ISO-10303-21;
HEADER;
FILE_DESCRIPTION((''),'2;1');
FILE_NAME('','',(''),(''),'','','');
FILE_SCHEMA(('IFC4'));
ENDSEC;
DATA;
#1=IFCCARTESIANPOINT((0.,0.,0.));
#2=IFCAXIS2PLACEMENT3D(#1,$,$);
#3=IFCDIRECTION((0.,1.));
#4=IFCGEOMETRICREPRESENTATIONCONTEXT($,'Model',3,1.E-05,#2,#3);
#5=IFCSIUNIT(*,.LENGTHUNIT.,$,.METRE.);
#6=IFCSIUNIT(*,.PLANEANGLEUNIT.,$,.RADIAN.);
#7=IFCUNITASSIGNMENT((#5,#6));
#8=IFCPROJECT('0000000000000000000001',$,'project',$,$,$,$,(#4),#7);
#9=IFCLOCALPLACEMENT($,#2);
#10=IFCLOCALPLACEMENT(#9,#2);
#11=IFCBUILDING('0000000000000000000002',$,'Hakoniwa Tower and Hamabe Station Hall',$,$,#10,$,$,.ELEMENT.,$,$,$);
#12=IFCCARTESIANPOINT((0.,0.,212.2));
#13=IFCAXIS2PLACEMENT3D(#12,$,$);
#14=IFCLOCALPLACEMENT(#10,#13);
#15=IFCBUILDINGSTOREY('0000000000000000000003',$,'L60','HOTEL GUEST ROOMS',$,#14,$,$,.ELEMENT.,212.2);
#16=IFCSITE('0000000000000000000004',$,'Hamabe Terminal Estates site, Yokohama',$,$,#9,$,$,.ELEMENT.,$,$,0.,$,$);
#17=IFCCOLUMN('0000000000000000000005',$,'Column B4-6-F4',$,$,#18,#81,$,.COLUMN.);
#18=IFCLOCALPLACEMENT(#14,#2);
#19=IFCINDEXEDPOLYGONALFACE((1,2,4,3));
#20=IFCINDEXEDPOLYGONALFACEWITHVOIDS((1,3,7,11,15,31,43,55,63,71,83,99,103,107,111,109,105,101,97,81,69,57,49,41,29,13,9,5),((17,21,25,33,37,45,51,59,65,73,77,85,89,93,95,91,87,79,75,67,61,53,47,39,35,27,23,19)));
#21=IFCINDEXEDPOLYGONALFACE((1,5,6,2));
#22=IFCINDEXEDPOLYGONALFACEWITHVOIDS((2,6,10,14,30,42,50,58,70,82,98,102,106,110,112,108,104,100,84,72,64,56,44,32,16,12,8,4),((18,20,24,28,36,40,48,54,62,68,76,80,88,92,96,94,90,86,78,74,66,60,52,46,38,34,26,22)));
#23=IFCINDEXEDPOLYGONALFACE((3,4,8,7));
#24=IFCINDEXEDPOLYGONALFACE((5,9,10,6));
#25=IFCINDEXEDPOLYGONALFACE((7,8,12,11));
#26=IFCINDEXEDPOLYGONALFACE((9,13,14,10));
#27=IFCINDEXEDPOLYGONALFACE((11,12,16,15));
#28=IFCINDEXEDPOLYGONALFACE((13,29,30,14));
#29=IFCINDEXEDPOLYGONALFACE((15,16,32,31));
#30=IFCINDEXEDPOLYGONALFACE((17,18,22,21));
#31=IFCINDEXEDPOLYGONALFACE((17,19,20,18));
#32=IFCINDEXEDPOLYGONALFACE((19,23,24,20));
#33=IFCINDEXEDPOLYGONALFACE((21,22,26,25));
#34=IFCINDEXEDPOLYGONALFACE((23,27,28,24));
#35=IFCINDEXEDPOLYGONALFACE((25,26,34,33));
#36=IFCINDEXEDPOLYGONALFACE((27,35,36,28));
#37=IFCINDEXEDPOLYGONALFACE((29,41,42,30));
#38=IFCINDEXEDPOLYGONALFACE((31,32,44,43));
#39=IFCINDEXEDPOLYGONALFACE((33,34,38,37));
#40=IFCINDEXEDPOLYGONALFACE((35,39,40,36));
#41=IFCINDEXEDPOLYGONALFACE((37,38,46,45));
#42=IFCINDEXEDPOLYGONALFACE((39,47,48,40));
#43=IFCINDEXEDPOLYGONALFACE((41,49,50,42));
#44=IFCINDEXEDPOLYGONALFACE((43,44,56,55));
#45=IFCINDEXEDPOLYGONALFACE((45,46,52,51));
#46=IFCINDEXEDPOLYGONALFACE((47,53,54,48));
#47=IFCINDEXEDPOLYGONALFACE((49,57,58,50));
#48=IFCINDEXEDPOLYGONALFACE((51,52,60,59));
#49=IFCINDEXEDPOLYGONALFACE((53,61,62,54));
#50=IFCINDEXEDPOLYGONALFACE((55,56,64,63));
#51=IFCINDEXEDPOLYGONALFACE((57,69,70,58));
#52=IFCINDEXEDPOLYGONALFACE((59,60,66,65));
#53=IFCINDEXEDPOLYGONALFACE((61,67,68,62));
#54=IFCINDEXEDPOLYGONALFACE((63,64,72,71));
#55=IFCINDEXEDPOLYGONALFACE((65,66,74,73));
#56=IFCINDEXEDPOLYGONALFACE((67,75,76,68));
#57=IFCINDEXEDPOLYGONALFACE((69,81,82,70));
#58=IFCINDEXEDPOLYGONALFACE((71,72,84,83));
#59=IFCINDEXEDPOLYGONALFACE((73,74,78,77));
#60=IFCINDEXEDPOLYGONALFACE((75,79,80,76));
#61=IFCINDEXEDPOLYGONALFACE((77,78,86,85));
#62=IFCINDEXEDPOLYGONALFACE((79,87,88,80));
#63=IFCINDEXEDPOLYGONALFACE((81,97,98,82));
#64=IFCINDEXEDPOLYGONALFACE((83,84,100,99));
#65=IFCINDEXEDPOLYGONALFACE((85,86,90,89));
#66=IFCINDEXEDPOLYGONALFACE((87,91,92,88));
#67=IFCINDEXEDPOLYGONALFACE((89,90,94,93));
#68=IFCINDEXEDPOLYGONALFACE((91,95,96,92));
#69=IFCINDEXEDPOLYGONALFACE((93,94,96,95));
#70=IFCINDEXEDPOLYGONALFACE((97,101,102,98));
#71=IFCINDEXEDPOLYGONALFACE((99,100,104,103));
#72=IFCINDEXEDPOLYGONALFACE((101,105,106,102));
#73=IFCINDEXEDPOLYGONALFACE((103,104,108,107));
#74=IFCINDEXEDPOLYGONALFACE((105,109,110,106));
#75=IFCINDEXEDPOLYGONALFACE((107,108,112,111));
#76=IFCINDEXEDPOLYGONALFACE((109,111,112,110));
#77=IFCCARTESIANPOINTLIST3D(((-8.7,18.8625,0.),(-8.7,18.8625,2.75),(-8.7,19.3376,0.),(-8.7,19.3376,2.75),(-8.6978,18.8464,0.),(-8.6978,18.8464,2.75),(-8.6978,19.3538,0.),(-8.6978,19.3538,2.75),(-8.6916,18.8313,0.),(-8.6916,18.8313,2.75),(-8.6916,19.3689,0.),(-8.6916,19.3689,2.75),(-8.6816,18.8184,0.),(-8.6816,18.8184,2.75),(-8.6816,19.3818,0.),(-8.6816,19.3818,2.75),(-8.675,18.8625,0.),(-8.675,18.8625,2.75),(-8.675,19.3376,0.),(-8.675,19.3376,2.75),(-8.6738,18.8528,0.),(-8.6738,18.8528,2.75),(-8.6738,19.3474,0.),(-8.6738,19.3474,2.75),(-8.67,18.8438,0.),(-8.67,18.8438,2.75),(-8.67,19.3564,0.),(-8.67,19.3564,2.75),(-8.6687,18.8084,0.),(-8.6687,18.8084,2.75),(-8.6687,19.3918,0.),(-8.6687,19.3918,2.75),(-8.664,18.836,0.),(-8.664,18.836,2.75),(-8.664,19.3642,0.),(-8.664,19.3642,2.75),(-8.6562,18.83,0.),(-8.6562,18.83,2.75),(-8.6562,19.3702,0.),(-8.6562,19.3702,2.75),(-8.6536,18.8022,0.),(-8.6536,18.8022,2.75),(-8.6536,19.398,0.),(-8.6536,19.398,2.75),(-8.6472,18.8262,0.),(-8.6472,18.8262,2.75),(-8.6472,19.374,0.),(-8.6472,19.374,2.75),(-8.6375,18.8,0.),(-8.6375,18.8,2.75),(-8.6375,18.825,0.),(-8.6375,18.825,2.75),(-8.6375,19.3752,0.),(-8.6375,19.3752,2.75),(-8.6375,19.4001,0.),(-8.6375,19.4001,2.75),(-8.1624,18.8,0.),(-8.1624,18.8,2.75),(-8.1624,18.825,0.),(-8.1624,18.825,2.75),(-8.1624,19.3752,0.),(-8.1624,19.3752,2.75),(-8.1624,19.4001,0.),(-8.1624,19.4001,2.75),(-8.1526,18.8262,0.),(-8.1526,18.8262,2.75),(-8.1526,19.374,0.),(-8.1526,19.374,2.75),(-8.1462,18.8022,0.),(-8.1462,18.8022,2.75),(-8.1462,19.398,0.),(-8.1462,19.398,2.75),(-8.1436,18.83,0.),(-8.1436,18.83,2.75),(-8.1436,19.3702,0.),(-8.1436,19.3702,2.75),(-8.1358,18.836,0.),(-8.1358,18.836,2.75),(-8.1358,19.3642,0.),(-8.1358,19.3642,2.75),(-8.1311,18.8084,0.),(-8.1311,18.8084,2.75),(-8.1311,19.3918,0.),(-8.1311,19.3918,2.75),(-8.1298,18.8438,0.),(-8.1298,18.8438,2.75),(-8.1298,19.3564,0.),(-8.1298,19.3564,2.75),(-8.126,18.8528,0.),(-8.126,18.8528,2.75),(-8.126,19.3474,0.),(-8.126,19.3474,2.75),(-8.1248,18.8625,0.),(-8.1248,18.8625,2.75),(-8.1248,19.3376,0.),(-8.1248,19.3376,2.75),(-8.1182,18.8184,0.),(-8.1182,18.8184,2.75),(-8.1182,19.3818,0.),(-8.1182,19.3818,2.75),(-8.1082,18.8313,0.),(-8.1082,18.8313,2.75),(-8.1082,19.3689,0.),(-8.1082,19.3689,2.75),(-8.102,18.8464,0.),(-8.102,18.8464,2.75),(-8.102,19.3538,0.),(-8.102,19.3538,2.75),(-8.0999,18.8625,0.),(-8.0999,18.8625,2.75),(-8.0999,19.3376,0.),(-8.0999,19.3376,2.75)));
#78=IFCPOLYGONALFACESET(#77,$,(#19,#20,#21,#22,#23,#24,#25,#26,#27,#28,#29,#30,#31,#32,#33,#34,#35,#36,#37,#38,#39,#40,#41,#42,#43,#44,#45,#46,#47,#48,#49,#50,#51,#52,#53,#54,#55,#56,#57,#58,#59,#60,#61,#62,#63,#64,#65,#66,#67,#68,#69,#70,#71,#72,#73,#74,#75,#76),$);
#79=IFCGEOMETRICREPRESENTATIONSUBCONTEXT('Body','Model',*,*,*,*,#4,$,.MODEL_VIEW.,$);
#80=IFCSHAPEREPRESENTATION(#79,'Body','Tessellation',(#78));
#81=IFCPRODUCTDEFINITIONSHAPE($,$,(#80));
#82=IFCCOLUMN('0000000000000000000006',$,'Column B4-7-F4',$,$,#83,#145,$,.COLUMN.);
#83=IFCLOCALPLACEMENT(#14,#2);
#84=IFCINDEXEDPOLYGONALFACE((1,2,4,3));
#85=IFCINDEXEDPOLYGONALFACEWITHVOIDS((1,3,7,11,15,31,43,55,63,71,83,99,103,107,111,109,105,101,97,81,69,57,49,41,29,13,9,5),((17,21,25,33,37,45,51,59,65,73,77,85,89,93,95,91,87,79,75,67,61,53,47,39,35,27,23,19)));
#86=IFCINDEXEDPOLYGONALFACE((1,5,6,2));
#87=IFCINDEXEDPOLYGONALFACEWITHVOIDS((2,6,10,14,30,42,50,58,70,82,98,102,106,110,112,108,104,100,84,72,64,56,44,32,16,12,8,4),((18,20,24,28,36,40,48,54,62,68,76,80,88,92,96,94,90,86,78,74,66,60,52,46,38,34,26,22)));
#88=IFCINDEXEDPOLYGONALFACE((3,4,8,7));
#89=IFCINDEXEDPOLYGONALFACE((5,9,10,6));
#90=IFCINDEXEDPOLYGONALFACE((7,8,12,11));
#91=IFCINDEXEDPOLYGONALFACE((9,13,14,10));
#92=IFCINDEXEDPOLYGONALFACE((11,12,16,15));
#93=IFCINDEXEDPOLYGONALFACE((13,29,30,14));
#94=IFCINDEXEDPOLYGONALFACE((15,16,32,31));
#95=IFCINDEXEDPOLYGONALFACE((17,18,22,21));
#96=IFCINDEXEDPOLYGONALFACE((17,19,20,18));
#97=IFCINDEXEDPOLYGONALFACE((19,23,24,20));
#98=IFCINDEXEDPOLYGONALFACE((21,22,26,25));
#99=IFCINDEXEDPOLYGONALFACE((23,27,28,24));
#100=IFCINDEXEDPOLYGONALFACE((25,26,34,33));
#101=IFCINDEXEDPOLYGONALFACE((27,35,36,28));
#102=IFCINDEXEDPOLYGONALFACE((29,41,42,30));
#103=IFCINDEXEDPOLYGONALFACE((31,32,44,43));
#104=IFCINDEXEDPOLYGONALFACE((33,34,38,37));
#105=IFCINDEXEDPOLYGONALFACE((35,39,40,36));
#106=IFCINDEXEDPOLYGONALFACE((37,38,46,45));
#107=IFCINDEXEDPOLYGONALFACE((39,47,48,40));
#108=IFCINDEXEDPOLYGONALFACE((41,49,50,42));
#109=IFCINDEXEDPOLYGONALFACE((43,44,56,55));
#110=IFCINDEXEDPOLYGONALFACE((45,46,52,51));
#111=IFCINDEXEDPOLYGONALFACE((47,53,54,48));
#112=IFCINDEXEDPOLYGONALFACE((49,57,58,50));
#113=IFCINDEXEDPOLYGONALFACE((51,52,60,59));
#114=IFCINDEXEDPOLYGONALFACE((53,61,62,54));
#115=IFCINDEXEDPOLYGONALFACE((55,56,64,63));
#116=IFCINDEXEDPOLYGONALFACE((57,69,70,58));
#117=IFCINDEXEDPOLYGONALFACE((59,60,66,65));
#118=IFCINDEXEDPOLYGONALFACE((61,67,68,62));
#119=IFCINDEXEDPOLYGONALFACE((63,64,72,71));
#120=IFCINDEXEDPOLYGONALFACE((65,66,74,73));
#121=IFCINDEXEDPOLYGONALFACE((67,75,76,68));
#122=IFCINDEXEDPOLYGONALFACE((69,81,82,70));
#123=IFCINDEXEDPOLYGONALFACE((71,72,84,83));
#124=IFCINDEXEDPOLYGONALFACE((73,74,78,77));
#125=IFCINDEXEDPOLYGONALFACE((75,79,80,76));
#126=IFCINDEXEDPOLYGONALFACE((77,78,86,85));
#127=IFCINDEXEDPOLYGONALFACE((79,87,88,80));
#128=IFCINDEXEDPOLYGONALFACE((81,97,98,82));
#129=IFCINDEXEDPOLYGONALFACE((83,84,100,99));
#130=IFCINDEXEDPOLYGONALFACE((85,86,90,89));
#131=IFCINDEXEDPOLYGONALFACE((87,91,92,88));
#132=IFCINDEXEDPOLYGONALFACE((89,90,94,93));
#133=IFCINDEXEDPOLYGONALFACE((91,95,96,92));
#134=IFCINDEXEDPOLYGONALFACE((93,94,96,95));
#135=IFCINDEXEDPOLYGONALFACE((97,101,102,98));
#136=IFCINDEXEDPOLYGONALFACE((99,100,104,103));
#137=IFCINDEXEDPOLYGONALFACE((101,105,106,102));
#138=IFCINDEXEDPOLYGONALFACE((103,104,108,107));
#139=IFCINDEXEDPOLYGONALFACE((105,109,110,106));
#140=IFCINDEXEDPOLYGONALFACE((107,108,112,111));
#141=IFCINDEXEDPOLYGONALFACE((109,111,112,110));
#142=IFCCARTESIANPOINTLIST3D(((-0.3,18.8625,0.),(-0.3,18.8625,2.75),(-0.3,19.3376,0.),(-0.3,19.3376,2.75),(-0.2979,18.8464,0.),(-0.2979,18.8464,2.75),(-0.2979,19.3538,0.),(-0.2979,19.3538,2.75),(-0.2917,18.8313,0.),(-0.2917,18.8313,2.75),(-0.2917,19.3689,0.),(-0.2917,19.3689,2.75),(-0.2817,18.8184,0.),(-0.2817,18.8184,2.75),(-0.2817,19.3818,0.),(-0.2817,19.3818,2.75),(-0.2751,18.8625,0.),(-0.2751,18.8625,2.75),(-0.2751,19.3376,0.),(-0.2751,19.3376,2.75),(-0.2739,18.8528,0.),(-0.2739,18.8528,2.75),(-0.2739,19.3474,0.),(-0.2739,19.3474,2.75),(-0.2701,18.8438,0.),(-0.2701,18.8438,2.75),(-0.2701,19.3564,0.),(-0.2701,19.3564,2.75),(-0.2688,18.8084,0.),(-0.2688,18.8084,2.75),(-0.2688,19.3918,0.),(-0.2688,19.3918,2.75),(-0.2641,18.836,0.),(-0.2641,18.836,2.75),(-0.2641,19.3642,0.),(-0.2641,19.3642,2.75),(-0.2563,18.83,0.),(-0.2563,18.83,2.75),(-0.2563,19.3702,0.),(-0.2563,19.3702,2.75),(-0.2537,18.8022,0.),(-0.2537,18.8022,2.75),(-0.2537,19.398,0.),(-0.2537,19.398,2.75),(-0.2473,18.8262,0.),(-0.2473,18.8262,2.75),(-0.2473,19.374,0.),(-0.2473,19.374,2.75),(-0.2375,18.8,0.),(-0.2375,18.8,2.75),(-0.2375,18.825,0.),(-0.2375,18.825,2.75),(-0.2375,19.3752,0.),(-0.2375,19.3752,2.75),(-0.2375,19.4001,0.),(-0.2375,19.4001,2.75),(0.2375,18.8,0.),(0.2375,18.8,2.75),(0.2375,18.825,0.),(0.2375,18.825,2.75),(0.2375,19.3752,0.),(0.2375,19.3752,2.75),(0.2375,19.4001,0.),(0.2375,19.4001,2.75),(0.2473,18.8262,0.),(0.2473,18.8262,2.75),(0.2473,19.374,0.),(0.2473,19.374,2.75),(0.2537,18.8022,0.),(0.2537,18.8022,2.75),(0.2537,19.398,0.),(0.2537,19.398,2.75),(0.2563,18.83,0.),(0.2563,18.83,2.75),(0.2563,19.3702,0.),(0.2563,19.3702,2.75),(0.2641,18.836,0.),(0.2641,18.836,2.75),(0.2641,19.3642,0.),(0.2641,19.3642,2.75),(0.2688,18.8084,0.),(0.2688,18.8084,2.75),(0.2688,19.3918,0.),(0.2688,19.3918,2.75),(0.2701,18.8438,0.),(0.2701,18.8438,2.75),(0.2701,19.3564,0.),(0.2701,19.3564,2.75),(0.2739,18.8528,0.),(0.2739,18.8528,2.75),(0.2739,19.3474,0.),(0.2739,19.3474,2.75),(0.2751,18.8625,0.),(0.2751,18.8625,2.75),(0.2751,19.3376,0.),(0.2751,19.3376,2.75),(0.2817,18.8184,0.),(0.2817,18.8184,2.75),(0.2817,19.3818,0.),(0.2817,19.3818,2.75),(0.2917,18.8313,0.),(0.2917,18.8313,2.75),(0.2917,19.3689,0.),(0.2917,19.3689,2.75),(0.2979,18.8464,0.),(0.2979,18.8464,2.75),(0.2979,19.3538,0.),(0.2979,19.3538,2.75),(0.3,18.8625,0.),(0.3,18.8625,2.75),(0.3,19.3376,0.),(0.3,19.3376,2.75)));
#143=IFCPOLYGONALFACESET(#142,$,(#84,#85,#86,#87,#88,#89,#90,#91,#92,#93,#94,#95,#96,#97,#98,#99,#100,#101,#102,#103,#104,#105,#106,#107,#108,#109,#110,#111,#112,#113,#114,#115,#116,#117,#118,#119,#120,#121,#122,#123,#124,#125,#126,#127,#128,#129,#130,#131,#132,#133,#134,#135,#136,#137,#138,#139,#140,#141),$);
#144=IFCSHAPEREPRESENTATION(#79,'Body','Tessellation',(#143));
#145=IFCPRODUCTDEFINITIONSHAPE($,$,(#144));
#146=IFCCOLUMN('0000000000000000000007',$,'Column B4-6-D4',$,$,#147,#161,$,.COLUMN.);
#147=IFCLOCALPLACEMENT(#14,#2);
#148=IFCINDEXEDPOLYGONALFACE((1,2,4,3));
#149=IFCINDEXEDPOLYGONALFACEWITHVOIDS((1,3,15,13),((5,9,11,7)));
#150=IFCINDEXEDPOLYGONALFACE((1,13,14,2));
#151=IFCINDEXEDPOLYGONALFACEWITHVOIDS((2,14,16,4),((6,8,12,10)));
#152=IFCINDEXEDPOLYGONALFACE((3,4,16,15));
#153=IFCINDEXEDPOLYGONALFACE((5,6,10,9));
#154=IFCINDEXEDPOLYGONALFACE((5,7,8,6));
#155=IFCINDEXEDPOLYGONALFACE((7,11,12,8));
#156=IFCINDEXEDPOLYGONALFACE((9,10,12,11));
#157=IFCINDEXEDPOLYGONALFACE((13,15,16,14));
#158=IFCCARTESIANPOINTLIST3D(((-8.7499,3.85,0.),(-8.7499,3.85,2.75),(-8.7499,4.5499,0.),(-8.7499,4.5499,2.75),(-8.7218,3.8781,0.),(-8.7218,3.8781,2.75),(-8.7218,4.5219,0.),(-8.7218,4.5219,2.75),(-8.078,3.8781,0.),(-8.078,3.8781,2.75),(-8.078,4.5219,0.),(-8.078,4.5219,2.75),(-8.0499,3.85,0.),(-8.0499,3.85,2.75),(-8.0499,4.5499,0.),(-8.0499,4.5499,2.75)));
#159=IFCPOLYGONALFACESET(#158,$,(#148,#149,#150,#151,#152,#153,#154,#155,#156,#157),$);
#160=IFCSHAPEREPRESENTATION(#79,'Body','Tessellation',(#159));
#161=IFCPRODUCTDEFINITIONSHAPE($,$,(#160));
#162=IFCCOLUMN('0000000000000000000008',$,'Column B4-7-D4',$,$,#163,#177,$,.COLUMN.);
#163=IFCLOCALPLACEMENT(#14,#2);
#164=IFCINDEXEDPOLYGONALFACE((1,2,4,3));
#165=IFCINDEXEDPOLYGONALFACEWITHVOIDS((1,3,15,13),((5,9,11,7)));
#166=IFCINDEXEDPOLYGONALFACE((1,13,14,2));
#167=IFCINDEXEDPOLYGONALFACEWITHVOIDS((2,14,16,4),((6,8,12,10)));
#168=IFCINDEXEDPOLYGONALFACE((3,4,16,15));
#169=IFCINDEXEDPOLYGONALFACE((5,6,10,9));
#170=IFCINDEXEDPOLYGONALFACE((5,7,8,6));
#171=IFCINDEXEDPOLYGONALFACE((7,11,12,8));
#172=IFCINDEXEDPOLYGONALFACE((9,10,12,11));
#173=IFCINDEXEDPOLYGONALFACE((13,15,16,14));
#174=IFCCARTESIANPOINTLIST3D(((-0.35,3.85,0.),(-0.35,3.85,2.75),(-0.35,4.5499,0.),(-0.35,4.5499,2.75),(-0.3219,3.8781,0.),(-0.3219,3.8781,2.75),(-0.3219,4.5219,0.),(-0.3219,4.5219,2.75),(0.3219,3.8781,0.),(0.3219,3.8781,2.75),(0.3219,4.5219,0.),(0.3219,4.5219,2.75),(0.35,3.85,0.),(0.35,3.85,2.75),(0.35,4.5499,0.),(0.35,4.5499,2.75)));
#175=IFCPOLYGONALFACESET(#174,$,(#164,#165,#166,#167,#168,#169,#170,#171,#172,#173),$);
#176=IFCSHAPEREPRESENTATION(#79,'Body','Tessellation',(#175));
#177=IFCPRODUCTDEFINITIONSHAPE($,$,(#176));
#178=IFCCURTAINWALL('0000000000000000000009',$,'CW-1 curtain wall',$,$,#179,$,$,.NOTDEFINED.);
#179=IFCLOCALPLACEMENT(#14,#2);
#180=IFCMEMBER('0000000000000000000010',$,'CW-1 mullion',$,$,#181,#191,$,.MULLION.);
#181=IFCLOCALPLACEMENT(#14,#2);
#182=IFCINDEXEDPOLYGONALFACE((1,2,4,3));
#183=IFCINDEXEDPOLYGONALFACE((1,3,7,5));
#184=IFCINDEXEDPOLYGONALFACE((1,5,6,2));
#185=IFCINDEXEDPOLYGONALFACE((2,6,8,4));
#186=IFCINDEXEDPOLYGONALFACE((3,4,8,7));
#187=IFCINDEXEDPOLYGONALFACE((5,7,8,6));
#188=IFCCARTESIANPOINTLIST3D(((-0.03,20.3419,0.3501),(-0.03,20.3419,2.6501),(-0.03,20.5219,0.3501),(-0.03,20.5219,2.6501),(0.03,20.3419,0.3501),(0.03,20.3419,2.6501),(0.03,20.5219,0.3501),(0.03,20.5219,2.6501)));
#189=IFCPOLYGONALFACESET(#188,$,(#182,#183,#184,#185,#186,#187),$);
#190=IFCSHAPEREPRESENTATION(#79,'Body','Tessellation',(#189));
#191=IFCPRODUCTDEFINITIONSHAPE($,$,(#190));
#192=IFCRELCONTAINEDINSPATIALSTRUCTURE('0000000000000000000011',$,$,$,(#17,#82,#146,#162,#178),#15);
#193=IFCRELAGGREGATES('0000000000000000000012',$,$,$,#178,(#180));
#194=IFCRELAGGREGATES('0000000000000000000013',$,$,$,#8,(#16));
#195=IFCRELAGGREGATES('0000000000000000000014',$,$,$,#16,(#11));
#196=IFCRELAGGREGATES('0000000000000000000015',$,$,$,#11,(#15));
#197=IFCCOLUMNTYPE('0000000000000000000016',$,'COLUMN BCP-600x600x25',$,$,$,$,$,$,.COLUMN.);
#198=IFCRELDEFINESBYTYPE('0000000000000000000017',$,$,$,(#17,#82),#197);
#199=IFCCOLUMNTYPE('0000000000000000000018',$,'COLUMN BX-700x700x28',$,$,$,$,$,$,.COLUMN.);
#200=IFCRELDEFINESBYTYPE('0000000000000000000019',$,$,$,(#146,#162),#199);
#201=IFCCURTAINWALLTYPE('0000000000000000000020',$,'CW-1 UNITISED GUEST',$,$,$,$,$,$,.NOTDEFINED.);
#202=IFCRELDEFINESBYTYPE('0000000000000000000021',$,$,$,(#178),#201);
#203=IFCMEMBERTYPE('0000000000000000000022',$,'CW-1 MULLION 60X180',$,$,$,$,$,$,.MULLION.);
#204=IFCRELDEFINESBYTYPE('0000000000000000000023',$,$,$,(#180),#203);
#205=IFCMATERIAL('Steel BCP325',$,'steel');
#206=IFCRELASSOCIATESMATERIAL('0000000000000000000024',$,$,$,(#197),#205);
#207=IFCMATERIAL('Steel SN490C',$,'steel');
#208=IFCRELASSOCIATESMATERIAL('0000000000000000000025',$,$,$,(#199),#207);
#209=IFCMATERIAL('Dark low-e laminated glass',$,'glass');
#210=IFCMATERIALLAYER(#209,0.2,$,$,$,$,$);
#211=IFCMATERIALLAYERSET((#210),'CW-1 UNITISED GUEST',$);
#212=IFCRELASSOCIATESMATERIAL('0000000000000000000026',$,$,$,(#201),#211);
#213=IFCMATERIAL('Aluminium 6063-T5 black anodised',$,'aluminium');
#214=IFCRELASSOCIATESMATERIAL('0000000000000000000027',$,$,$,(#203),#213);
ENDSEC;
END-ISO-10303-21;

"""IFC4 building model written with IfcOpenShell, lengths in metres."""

from ifc_helpers import new_model, si_unit, direction, frame, origin, origin_2d, place, context, subcontext, project, spatial, rectangle, hollow_rectangle, extrude, material, layer, layer_set, material_profile, profile_set, type_object, element, aggregate, save


model = new_model("IFC4")

# Units and contexts
model_context = context("Model", 3, precision=1e-05, world=origin(), true_north=direction((0.0, 1.0)))
body_context = subcontext(model_context, "Body", "Model", "MODEL_VIEW")
ifc_project = project(units=[si_unit("LENGTHUNIT", "METRE"), si_unit("PLANEANGLEUNIT", "RADIAN")], contexts=[model_context])

# Site, building, storey
site_placement = place(None, origin())
site = spatial("IfcSite", under=ifc_project, at=site_placement, Name="Hamabe Terminal Estates site, Yokohama", CompositionType="ELEMENT", RefElevation=0.0)
building_placement = place(site_placement, origin())
building = spatial("IfcBuilding", under=site, at=building_placement, Name="Hakoniwa Tower and Hamabe Station Hall", CompositionType="ELEMENT")
storey_placement = place(building_placement, frame((0.0, 0.0, 212.2)))
storey = spatial("IfcBuildingStorey", under=building, at=storey_placement, Name="L60", Description="HOTEL GUEST ROOMS", CompositionType="ELEMENT", Elevation=212.2)

# Columns
ifc_material_1 = material(Name="Steel BCP325", Category="steel")
ifc_material_profile_1 = material_profile(ifc_material_1, hollow_rectangle(XDim=0.6001, YDim=0.6001, WallThickness=0.0249, InnerFilletRadius=0.0376, OuterFilletRadius=0.0625, at=origin_2d()), Name="BCP-600x600x25")
ifc_profile_set_1 = profile_set([ifc_material_profile_1], Name="Steel BCP325")
column_type_1 = type_object("IfcColumnType", Name="COLUMN BCP-600x600x25", PredefinedType="COLUMN", material=ifc_profile_set_1)
for number, where, z_axis, x_axis, name in (
    (1, (-8.3999, 19.1001, 0.0), (0.0, 0.0, 1.0), (1.0, 0.0, 0.0), "Column B4-6-F4"),
    (2, (0.0, 19.1001, 0.0), (0.0, 0.0, 1.0), (1.0, 0.0, 0.0), "Column B4-7-F4"),
):
    element("IfcColumn", number, at=place(storey_placement, frame(where, z_axis=z_axis, x_axis=x_axis)), inside=storey, type_object=column_type_1, Name=name, PredefinedType="COLUMN", context=body_context, shape_type="SweptSolid", body=[
        extrude(hollow_rectangle(XDim=0.6001, YDim=0.6001, WallThickness=0.0249, InnerFilletRadius=0.0376, OuterFilletRadius=0.0625, at=origin_2d()), origin(), (0.0, 0.0, 1.0), 2.75),
    ])
ifc_material_2 = material(Name="Steel SN490C", Category="steel")
ifc_material_profile_2 = material_profile(ifc_material_2, hollow_rectangle(XDim=0.7, YDim=0.7, WallThickness=0.0281, at=origin_2d()), Name="BX-700x700x28")
ifc_profile_set_2 = profile_set([ifc_material_profile_2], Name="Steel SN490C")
column_type_2 = type_object("IfcColumnType", Name="COLUMN BX-700x700x28", PredefinedType="COLUMN", material=ifc_profile_set_2)
for number, where, z_axis, x_axis, name in (
    (3, (-8.3999, 4.2, 0.0), (0.0, 0.0, 1.0), (1.0, 0.0, 0.0), "Column B4-6-D4"),
    (4, (0.0, 4.2, 0.0), (0.0, 0.0, 1.0), (1.0, 0.0, 0.0), "Column B4-7-D4"),
):
    element("IfcColumn", number, at=place(storey_placement, frame(where, z_axis=z_axis, x_axis=x_axis)), inside=storey, type_object=column_type_2, Name=name, PredefinedType="COLUMN", context=body_context, shape_type="SweptSolid", body=[
        extrude(hollow_rectangle(XDim=0.7, YDim=0.7, WallThickness=0.0281, at=origin_2d()), origin(), (0.0, 0.0, 1.0), 2.75),
    ])

# Curtain wall, member
ifc_material_3 = material(Name="Dark low-e laminated glass", Category="glass")
ifc_layer_1 = layer(ifc_material_3, 0.2)
ifc_layer_set_1 = layer_set([ifc_layer_1], Name="CW-1 UNITISED GUEST")
curtain_wall_type = type_object("IfcCurtainWallType", Name="CW-1 UNITISED GUEST", PredefinedType="NOTDEFINED", material=ifc_layer_set_1)
curtain_wall_placement = place(storey_placement, origin())
curtain_wall = element("IfcCurtainWall", 5, at=curtain_wall_placement, inside=storey, type_object=curtain_wall_type, Name="CW-1 curtain wall", PredefinedType="NOTDEFINED")
ifc_material_4 = material(Name="Aluminium 6063-T5 black anodised", Category="aluminium")
ifc_material_profile_3 = material_profile(ifc_material_4, rectangle(XDim=0.0601, YDim=0.1799, at=origin_2d()), Name="CW-1 MULLION 60X180")
ifc_profile_set_3 = profile_set([ifc_material_profile_3], Name="Aluminium 6063-T5 black anodised")
member_type = type_object("IfcMemberType", Name="CW-1 MULLION 60X180", PredefinedType="MULLION", material=ifc_profile_set_3)
member_placement = place(storey_placement, frame((0.0, 20.4319, 0.3501), z_axis=(0.0, 0.0, 1.0), x_axis=(-1.0, 0.0, 0.0)))
member = element("IfcMember", 6, at=member_placement, type_object=member_type, Name="CW-1 mullion", PredefinedType="MULLION", context=body_context, shape_type="SweptSolid", body=[
    extrude(rectangle(XDim=0.0601, YDim=0.1799, at=origin_2d()), origin(), (0.0, 0.0, 1.0), 2.3),
])
aggregate(curtain_wall, [member])

save(model, "model.ifc")
